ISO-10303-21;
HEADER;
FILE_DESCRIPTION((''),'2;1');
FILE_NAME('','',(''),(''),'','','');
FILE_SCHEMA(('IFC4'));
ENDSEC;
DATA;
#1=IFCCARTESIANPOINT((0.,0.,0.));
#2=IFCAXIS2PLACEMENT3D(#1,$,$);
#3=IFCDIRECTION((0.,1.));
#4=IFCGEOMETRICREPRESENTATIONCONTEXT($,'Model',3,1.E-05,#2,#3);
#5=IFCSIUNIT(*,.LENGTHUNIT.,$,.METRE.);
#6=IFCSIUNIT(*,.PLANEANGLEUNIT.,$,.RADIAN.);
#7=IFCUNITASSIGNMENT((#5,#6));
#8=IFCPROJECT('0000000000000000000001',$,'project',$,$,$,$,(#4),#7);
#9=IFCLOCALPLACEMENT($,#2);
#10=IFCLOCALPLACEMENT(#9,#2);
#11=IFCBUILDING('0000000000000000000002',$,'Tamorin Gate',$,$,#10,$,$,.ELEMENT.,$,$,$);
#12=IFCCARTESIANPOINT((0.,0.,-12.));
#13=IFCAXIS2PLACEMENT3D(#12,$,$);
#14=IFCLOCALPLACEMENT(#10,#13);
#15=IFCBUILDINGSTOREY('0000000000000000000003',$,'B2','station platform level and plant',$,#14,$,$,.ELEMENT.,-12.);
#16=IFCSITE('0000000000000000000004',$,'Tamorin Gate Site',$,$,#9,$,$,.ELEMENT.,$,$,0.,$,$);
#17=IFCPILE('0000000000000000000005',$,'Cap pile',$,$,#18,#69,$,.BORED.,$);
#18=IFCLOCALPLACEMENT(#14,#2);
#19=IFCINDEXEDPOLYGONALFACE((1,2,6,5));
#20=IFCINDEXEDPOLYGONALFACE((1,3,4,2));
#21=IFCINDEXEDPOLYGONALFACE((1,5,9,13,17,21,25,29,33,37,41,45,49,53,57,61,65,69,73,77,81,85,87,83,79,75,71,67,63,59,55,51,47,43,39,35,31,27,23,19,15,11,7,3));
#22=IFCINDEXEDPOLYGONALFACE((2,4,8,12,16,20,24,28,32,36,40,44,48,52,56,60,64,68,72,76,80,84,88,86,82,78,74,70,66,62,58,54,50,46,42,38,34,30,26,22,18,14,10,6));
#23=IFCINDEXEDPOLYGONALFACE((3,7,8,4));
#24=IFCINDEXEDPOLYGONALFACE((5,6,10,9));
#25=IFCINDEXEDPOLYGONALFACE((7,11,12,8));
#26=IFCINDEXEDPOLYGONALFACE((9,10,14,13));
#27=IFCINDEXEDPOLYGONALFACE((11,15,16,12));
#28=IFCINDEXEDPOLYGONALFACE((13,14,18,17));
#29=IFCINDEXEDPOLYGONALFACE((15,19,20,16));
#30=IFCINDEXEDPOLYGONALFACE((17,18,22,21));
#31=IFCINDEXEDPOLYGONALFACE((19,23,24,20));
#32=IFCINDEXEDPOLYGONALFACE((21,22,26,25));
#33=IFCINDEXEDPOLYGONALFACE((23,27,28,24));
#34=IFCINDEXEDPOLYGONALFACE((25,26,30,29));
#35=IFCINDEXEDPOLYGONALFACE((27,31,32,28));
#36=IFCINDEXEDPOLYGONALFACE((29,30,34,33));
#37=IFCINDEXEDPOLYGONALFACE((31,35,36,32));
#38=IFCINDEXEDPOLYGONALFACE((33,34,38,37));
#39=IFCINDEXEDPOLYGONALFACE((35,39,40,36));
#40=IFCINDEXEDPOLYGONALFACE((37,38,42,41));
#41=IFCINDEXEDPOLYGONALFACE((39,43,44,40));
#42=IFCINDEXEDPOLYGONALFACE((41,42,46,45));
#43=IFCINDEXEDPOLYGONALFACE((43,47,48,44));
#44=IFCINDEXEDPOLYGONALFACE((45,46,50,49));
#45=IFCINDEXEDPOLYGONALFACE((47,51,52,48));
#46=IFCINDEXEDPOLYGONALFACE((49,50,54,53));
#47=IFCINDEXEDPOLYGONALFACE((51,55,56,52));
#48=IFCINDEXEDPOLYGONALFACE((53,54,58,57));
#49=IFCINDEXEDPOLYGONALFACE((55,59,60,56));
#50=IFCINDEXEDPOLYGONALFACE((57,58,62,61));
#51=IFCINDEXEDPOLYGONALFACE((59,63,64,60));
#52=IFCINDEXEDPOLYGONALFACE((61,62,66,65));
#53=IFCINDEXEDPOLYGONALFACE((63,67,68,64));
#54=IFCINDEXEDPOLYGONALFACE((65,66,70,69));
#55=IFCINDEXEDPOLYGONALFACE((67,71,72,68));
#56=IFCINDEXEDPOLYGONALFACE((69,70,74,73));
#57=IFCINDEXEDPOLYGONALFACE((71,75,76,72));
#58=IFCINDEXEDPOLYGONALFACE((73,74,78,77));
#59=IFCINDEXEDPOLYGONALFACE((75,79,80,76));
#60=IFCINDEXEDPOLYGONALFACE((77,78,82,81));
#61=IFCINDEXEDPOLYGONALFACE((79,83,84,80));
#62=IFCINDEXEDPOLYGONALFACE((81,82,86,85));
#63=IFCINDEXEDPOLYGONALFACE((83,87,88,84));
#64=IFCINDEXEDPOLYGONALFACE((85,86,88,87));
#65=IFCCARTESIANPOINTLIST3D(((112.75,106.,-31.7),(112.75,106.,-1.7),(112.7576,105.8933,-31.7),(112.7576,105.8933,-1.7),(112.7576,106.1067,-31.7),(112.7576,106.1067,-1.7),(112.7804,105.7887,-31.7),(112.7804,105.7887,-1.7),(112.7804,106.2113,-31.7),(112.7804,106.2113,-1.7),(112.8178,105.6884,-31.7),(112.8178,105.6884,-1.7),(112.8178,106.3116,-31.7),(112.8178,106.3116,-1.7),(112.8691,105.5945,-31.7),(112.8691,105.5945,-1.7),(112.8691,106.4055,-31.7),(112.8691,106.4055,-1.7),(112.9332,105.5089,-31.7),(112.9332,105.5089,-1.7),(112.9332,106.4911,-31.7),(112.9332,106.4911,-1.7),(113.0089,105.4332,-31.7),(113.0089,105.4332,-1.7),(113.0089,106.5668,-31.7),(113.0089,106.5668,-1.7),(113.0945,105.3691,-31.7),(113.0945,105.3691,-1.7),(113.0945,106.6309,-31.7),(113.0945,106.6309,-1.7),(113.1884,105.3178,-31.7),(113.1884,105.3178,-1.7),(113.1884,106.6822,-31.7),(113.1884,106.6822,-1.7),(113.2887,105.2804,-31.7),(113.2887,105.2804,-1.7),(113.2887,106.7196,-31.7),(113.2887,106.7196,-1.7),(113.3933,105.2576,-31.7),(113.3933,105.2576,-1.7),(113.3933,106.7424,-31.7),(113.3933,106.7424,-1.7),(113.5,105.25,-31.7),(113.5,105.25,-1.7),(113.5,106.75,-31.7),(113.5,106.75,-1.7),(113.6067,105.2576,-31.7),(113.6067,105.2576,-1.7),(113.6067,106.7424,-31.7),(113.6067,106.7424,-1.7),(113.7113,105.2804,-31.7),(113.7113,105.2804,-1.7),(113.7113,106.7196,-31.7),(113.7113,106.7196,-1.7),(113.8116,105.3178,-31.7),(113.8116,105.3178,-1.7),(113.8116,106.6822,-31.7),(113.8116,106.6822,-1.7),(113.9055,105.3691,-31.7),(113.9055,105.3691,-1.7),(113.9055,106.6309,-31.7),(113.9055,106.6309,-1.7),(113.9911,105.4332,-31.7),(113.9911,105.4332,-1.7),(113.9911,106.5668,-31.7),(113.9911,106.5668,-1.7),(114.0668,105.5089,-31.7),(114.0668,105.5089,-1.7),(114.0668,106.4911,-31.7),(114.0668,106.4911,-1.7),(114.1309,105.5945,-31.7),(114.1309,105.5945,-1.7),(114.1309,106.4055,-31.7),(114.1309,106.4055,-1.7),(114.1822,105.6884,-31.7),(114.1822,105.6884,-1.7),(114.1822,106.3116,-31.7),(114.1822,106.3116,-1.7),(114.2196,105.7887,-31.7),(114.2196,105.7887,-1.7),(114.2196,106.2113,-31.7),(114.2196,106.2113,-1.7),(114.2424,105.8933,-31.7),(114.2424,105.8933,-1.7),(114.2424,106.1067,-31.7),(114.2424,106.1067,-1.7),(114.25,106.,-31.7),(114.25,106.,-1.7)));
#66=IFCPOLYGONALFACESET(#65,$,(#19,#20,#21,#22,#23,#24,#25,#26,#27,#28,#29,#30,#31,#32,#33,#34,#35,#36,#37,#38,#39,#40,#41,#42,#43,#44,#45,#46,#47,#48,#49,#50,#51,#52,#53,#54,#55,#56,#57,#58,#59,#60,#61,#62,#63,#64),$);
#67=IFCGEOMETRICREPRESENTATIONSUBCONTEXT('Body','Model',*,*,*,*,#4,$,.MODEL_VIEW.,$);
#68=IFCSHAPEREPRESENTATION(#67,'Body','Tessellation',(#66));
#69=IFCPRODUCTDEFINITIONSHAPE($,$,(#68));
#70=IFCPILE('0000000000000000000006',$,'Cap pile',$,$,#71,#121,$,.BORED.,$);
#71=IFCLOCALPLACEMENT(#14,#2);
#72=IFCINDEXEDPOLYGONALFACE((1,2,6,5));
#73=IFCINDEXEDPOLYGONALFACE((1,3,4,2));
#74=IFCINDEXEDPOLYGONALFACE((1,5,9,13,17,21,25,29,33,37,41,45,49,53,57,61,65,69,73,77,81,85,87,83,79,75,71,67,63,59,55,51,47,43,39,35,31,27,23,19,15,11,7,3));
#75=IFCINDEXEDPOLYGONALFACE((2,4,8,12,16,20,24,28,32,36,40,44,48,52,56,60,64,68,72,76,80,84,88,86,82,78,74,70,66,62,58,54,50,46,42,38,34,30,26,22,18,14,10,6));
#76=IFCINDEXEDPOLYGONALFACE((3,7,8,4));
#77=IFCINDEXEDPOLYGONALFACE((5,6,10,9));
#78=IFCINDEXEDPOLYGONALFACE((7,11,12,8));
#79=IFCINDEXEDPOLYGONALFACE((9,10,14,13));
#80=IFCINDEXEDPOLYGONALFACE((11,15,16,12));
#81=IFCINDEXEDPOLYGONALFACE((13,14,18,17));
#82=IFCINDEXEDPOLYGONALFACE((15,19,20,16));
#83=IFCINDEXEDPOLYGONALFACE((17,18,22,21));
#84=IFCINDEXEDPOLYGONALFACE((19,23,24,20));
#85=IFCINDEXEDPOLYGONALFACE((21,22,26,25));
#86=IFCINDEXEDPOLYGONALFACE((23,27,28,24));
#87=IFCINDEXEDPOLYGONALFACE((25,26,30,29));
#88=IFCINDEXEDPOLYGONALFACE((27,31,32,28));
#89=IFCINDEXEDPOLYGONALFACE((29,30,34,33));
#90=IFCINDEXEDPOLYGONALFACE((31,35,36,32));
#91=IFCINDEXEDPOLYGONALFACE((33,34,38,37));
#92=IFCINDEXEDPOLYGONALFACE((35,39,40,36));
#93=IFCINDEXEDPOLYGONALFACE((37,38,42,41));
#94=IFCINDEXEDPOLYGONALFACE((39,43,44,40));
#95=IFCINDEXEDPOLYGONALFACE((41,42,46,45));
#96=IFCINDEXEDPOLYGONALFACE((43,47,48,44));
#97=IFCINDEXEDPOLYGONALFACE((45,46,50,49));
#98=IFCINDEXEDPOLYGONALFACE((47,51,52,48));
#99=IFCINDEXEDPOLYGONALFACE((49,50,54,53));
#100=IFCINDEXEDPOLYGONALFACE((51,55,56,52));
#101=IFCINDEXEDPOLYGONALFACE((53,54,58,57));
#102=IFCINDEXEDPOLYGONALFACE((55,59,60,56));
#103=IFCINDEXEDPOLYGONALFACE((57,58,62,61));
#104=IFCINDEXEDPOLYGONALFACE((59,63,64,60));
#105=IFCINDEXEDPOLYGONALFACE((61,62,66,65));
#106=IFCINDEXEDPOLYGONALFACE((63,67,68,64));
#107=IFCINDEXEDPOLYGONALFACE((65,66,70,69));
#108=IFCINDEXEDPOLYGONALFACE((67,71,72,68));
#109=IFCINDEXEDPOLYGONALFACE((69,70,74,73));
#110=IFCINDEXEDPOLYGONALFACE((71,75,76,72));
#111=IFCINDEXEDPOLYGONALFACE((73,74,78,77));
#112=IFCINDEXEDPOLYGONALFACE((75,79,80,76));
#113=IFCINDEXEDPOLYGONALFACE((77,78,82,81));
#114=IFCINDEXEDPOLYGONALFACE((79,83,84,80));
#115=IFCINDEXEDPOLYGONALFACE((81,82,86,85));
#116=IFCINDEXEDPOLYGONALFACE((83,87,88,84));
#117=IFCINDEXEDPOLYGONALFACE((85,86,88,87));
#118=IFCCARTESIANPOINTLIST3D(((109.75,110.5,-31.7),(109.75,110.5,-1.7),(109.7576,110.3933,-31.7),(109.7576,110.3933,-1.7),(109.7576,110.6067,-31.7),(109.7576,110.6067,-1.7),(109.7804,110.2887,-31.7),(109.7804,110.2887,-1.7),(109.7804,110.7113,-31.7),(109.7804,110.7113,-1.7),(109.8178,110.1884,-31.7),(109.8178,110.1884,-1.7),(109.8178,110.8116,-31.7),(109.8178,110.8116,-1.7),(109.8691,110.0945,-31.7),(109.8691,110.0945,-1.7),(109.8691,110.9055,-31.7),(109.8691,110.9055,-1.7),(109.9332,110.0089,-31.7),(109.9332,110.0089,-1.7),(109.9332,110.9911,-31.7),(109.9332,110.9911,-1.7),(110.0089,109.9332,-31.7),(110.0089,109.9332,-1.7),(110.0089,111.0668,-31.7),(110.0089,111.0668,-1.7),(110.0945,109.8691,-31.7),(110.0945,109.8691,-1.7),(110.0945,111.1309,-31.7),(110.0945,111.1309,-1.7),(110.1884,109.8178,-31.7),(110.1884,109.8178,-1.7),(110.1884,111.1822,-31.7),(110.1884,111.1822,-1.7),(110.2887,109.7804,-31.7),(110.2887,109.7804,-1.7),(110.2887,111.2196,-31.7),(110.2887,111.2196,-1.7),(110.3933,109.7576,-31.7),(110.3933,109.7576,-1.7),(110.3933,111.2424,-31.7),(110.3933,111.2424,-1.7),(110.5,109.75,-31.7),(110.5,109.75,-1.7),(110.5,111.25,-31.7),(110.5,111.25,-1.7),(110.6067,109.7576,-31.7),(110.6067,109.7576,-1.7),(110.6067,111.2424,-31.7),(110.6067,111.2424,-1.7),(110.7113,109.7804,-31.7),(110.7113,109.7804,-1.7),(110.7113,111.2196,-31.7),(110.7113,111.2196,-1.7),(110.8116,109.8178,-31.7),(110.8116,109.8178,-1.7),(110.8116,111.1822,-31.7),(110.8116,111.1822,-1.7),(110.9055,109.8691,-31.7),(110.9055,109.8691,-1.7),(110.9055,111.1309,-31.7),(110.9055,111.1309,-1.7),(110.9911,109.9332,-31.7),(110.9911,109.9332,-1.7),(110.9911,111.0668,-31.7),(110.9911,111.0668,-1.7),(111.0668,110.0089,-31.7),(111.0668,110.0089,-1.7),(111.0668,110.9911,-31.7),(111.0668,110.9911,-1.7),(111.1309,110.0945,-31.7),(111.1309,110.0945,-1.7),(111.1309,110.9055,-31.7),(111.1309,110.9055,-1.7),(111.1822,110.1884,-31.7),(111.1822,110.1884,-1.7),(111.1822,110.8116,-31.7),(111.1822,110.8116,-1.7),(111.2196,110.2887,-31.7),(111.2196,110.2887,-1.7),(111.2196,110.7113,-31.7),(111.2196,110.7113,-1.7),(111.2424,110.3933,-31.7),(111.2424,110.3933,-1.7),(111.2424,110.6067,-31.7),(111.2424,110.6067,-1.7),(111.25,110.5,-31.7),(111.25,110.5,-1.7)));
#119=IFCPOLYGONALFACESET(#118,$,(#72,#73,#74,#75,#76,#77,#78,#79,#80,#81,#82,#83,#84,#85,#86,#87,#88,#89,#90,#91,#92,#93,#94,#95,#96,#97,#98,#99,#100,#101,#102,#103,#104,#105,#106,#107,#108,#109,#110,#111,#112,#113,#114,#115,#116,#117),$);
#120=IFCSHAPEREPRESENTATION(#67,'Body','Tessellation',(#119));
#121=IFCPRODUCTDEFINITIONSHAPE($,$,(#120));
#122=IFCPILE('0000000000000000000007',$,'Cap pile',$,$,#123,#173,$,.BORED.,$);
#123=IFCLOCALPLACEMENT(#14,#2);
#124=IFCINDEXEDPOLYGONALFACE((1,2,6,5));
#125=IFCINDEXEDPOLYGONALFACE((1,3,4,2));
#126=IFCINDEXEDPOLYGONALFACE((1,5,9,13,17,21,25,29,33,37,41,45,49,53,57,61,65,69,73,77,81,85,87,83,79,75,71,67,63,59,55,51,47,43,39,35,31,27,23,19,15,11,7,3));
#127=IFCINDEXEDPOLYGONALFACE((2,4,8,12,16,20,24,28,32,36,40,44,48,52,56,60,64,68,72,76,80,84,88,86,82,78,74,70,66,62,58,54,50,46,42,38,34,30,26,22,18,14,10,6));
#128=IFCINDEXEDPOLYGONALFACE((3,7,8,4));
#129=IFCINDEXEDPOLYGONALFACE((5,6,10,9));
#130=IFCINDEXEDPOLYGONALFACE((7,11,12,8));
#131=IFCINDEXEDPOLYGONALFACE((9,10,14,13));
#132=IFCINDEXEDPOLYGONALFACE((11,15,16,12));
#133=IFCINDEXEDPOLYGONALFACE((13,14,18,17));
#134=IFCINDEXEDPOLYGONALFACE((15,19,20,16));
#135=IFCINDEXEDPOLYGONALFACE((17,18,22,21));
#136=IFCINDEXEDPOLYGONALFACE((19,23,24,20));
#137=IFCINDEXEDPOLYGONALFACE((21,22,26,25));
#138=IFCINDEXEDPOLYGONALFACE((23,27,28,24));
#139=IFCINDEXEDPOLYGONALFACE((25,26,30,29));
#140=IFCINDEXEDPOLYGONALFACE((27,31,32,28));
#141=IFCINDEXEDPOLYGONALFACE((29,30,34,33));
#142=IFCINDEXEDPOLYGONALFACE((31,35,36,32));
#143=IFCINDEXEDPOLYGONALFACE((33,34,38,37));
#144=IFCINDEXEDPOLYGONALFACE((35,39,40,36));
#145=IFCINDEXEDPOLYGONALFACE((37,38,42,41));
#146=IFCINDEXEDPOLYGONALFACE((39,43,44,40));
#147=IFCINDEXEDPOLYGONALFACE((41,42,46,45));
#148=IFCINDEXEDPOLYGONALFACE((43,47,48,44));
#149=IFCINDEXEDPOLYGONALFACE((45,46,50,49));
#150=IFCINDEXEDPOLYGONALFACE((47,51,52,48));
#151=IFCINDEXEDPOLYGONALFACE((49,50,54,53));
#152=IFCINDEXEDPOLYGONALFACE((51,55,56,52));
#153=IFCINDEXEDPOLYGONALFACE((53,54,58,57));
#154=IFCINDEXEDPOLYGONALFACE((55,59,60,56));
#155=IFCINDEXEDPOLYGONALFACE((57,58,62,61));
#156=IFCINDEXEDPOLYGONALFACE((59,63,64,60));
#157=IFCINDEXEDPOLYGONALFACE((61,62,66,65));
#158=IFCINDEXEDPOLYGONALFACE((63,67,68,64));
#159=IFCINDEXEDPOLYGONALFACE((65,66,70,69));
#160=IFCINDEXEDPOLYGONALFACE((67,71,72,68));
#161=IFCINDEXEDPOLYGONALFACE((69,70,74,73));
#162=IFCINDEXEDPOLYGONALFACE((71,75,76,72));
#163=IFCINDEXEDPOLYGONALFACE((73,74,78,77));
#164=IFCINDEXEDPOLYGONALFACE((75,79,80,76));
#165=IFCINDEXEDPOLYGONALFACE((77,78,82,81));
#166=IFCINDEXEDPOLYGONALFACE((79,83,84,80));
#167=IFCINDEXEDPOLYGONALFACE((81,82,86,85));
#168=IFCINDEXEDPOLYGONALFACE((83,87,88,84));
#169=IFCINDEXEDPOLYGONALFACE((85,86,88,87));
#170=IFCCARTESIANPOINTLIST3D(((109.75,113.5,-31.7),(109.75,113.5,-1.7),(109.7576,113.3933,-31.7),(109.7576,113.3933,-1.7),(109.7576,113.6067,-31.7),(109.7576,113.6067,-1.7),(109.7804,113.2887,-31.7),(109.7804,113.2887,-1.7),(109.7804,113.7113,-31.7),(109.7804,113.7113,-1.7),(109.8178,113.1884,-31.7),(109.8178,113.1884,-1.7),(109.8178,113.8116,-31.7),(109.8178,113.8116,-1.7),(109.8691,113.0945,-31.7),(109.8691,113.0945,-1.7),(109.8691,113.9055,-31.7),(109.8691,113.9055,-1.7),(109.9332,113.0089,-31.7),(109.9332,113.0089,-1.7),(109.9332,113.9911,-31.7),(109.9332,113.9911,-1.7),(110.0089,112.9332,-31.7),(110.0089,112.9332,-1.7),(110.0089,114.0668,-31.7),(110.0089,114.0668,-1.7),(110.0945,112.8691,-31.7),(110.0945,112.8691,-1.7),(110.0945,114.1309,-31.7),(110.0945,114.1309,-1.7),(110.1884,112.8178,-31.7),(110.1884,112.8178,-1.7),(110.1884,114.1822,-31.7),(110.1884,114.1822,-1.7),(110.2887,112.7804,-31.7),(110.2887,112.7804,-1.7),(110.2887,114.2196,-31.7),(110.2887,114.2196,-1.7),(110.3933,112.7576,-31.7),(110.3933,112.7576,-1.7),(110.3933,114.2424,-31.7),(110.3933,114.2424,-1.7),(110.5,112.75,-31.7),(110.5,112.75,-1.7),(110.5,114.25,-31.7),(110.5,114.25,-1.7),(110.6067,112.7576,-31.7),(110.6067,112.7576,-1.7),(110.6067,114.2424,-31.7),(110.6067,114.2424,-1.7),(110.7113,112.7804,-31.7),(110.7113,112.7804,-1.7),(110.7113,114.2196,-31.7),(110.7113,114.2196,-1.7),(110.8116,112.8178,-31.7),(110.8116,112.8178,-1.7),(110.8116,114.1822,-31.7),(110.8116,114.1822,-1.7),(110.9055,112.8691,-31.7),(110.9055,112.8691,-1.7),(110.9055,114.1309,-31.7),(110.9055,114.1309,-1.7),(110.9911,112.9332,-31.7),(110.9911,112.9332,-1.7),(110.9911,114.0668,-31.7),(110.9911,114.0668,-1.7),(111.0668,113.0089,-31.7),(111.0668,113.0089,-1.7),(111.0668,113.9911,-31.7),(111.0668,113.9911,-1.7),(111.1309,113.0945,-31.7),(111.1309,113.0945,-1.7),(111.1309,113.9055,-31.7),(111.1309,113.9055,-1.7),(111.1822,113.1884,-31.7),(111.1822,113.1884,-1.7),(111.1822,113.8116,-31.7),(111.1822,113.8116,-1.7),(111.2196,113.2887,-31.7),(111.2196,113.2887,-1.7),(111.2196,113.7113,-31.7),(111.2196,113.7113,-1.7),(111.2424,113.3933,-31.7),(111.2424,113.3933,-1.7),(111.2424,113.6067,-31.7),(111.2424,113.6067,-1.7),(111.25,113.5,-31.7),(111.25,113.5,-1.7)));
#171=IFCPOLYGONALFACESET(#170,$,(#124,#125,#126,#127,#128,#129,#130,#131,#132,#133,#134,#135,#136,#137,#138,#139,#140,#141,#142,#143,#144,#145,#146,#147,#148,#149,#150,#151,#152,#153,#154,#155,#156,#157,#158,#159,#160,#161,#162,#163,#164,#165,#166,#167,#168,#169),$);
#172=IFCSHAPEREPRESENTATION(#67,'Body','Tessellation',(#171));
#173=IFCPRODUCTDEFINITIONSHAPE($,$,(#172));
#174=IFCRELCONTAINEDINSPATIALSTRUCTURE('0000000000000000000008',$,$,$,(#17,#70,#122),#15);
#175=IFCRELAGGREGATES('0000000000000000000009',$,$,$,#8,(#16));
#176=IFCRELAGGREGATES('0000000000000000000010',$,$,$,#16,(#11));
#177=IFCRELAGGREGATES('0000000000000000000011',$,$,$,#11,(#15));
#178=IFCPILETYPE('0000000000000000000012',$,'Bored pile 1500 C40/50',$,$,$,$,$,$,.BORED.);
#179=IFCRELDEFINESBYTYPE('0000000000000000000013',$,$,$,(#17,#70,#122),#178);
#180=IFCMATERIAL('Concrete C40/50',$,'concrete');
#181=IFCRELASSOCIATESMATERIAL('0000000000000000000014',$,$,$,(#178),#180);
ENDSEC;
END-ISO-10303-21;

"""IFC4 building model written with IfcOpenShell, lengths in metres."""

from ifc_helpers import new_model, si_unit, direction, frame, origin, origin_2d, place, context, subcontext, project, spatial, circle, extrude, material, material_profile, profile_set, type_object, element, save


model = new_model("IFC4")

# Units and contexts
model_context = context("Model", 3, precision=1e-05, world=origin(), true_north=direction((0.0, 1.0)))
body_context = subcontext(model_context, "Body", "Model", "MODEL_VIEW")
ifc_project = project(units=[si_unit("LENGTHUNIT", "METRE"), si_unit("PLANEANGLEUNIT", "RADIAN")], contexts=[model_context])

# Site, building, storey
site_placement = place(None, origin())
site = spatial("IfcSite", under=ifc_project, at=site_placement, Name="Tamorin Gate Site", CompositionType="ELEMENT", RefElevation=0.0)
building_placement = place(site_placement, origin())
building = spatial("IfcBuilding", under=site, at=building_placement, Name="Tamorin Gate", CompositionType="ELEMENT")
storey_placement = place(building_placement, frame((0.0, 0.0, -12.0)))
storey = spatial("IfcBuildingStorey", under=building, at=storey_placement, Name="B2", Description="station platform level and plant", CompositionType="ELEMENT", Elevation=-12.0)

# Piles
ifc_material_1 = material(Name="Concrete C40/50", Category="concrete")
ifc_material_profile_1 = material_profile(ifc_material_1, circle(Radius=0.75, at=origin_2d()))
ifc_profile_set_1 = profile_set([ifc_material_profile_1], Name="Concrete C40/50")
pile_type = type_object("IfcPileType", Name="Bored pile 1500 C40/50", PredefinedType="BORED", material=ifc_profile_set_1)
for number, where, z_axis, x_axis, name in (
    (1, (113.5, 106.0, -1.7), (0.0, 0.0, -1.0), (1.0, 0.0, 0.0), "Cap pile"),
    (2, (110.5, 110.5, -1.7), (0.0, 0.0, -1.0), (1.0, 0.0, 0.0), "Cap pile"),
    (3, (110.5, 113.5, -1.7), (0.0, 0.0, -1.0), (1.0, 0.0, 0.0), "Cap pile"),
):
    element("IfcPile", number, at=place(storey_placement, frame(where, z_axis=z_axis, x_axis=x_axis)), inside=storey, type_object=pile_type, Name=name, PredefinedType="BORED", context=body_context, shape_type="SweptSolid", body=[
        extrude(circle(Radius=0.75, at=origin_2d()), origin(), (0.0, 0.0, 1.0), 30.0),
    ])

save(model, "model.ifc")
